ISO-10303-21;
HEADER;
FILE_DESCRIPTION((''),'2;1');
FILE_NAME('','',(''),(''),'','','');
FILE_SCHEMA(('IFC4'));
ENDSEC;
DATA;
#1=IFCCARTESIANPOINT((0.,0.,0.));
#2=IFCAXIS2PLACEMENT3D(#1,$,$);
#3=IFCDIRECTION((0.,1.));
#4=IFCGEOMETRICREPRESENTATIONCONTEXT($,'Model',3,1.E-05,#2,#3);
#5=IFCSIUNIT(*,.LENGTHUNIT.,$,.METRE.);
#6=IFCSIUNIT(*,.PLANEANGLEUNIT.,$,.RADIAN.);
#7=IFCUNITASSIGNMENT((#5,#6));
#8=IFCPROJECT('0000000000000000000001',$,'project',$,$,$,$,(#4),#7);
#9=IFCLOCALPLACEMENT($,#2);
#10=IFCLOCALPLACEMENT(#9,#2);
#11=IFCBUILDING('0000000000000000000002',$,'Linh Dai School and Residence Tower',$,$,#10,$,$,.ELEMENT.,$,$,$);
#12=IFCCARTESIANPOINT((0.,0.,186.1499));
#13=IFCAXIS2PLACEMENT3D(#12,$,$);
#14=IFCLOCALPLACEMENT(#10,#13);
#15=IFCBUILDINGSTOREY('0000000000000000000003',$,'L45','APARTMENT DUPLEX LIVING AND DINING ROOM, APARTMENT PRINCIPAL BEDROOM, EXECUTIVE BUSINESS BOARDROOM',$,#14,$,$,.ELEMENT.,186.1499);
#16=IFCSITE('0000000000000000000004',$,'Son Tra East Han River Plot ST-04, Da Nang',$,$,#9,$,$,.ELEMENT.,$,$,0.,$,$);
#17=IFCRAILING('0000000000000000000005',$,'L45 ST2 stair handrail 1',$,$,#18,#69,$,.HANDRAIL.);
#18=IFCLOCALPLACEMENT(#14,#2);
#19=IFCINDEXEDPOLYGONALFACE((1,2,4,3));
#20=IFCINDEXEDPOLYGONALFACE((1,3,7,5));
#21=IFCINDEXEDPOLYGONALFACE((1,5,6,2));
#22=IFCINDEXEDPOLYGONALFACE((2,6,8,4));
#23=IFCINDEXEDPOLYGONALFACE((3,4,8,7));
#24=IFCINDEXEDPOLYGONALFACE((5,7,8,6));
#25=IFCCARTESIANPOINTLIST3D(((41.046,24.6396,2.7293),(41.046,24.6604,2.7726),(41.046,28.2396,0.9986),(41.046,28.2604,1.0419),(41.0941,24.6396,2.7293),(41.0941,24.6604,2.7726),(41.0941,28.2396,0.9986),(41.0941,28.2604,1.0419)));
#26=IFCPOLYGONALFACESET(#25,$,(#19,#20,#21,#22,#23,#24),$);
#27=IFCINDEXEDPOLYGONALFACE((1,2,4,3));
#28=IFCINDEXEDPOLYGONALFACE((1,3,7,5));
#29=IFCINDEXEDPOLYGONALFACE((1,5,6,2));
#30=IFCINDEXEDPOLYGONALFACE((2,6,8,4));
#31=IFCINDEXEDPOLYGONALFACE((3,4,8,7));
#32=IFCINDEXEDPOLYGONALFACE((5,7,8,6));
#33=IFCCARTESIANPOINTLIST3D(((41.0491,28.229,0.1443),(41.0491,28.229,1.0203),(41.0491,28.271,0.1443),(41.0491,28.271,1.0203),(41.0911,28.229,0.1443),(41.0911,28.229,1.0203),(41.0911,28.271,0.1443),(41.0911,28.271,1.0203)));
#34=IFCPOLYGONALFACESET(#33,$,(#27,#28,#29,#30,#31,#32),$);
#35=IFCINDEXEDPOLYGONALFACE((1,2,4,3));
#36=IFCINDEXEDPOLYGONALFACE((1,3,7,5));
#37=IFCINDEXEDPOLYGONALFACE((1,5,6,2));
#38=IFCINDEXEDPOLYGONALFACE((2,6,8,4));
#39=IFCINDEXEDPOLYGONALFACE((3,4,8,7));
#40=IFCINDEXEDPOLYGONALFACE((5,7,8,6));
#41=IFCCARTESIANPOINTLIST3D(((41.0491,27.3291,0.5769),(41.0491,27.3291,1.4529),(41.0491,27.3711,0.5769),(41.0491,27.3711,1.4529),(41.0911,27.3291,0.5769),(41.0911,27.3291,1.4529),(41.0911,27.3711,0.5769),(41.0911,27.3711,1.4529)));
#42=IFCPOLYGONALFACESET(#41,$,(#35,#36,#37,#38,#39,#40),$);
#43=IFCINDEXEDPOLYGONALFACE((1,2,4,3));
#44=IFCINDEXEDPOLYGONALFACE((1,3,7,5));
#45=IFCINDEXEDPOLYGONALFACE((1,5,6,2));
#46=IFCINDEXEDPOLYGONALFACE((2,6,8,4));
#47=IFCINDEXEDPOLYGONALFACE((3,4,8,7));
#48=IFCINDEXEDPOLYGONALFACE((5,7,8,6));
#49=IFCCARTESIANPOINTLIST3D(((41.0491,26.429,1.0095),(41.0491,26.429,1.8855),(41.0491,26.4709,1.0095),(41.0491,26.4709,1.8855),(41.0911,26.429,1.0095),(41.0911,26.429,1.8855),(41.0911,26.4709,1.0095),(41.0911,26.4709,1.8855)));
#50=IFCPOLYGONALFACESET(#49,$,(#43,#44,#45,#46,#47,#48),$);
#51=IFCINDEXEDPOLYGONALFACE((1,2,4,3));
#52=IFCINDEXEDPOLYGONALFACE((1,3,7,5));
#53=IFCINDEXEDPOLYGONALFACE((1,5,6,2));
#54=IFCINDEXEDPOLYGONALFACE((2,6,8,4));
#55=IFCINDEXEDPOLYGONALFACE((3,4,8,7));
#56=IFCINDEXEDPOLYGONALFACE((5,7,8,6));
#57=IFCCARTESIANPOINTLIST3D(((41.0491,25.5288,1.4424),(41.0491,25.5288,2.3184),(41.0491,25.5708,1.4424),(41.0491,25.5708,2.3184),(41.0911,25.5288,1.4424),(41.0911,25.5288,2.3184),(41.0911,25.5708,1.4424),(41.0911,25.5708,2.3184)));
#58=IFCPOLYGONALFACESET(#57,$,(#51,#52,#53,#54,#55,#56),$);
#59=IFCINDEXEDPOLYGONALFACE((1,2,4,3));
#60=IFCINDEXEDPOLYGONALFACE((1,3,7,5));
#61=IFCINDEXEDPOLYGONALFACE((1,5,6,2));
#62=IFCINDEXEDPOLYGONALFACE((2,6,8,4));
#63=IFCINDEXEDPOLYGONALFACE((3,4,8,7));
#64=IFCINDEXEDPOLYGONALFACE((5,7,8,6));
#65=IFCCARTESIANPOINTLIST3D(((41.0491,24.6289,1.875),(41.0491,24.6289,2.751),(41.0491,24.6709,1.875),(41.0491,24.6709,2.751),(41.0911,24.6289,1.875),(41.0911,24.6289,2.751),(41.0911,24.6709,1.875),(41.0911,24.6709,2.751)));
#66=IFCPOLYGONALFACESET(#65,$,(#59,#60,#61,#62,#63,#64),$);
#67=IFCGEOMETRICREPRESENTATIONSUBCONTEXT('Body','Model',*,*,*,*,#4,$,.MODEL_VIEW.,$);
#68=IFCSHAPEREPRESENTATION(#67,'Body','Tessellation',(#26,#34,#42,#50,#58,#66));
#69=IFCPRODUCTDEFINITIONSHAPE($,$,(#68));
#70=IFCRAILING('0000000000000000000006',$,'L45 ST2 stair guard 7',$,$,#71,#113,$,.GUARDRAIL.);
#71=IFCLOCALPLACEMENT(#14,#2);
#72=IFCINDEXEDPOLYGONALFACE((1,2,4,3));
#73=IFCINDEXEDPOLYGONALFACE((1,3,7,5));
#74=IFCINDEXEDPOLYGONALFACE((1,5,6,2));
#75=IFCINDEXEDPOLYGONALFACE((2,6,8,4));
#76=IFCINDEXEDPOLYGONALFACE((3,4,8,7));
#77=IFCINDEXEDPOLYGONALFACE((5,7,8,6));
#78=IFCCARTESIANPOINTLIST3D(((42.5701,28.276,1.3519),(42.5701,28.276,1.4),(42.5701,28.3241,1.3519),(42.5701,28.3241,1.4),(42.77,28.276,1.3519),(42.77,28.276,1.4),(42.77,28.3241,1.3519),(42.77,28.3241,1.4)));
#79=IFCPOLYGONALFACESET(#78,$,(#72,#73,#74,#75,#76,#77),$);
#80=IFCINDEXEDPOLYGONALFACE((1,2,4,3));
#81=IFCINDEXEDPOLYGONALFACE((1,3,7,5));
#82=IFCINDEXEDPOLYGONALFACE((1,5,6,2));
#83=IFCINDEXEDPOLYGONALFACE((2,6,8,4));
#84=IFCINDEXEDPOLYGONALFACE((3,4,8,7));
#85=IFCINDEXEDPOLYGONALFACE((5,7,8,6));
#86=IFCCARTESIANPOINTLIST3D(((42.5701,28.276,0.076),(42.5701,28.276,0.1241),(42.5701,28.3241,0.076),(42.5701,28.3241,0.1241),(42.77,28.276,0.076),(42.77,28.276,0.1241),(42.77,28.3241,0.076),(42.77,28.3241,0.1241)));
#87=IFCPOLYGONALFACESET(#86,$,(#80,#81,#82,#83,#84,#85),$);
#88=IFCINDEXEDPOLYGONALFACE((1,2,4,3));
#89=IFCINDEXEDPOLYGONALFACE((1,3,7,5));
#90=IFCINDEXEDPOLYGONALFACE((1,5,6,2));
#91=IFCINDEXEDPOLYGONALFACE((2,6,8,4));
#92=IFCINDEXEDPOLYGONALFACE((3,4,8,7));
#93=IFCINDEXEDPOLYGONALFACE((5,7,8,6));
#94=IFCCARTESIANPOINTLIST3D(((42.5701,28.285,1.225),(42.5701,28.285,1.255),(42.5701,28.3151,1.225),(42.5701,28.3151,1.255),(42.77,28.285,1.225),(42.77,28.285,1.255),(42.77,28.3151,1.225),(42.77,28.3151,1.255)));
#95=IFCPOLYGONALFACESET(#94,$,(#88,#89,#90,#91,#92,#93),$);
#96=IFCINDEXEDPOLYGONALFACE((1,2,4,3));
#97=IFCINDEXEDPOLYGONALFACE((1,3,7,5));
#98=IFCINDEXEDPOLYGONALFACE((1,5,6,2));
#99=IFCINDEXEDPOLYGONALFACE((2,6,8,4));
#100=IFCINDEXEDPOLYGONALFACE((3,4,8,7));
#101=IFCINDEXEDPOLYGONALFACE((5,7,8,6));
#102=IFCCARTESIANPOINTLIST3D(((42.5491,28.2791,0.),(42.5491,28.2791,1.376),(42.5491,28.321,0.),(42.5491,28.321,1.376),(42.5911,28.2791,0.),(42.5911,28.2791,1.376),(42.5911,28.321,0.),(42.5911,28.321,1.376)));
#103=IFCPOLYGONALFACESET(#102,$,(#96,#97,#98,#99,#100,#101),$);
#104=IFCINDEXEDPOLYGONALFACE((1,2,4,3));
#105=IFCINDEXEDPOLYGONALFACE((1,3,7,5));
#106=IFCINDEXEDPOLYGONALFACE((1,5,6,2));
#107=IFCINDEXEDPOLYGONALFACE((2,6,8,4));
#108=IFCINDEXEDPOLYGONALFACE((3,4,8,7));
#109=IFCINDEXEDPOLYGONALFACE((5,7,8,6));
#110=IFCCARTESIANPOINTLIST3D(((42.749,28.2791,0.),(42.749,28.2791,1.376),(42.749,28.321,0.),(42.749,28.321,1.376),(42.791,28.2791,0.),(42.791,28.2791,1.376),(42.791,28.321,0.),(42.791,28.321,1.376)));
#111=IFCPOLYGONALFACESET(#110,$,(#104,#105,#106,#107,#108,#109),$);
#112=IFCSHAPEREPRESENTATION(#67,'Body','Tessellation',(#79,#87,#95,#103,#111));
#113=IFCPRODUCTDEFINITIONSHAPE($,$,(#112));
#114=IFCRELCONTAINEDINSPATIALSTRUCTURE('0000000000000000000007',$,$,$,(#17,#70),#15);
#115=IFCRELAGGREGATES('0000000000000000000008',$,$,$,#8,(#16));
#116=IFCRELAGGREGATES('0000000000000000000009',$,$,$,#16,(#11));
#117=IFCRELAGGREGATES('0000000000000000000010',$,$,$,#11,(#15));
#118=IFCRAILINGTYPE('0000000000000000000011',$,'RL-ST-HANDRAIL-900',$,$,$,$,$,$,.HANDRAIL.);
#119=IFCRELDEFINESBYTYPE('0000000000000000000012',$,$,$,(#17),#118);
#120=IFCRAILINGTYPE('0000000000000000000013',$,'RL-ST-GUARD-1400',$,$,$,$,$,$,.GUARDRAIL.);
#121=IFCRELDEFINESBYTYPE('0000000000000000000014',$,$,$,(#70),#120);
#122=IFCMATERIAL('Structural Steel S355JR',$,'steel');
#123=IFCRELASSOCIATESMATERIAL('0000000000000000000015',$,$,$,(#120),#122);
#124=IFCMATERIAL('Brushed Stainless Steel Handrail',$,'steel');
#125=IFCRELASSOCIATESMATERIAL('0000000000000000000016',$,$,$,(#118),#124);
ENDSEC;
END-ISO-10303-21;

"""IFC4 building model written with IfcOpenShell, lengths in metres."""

from ifc_helpers import new_model, si_unit, direction, frame, origin, origin_2d, place, context, subcontext, project, spatial, rectangle, extrude, source, transform, mapped, material, type_object, element, save


model = new_model("IFC4")

# Units and contexts
model_context = context("Model", 3, precision=1e-05, world=origin(), true_north=direction((0.0, 1.0)))
body_context = subcontext(model_context, "Body", "Model", "MODEL_VIEW")
ifc_project = project(units=[si_unit("LENGTHUNIT", "METRE"), si_unit("PLANEANGLEUNIT", "RADIAN")], contexts=[model_context])

# Site, building, storey
site_placement = place(None, origin())
site = spatial("IfcSite", under=ifc_project, at=site_placement, Name="Son Tra East Han River Plot ST-04, Da Nang", CompositionType="ELEMENT", RefElevation=0.0)
building_placement = place(site_placement, origin())
building = spatial("IfcBuilding", under=site, at=building_placement, Name="Linh Dai School and Residence Tower", CompositionType="ELEMENT")
storey_placement = place(building_placement, frame((0.0, 0.0, 186.1499)))
storey = spatial("IfcBuildingStorey", under=building, at=storey_placement, Name="L45", Description="APARTMENT DUPLEX LIVING AND DINING ROOM, APARTMENT PRINCIPAL BEDROOM, EXECUTIVE BUSINESS BOARDROOM", CompositionType="ELEMENT", Elevation=186.1499)

# Shared definitions
ifc_material_1 = material(Name="Structural Steel S355JR", Category="steel")

# Railings
railing_type_1 = type_object("IfcRailingType", Name="RL-ST-GUARD-1400", PredefinedType="GUARDRAIL", material=ifc_material_1)
ifc_material_2 = material(Name="Brushed Stainless Steel Handrail", Category="steel")
railing_type_2 = type_object("IfcRailingType", Name="RL-ST-HANDRAIL-900", PredefinedType="HANDRAIL", material=ifc_material_2)
shared_shape_1 = source(origin(), body_context, "Body", "SweptSolid", [
    extrude(rectangle(XDim=0.0481, YDim=0.0481, at=origin_2d()), frame((0.0, 0.0, 0.876), z_axis=(0.0, -0.901263, 0.433273), x_axis=(1.0, 0.0, 0.0)), (0.0, 0.0, 1.0), 3.9944),
    extrude(rectangle(XDim=0.042, YDim=0.042, at=origin_2d()), origin(), (0.0, 0.0, 1.0), 0.876),
    extrude(rectangle(XDim=0.042, YDim=0.042, at=origin_2d()), frame((0.0, -0.8999, 0.4326)), (0.0, 0.0, 1.0), 0.876),
    extrude(rectangle(XDim=0.042, YDim=0.042, at=origin_2d()), frame((0.0, -1.8, 0.8652)), (0.0, 0.0, 1.0), 0.876),
    extrude(rectangle(XDim=0.042, YDim=0.042, at=origin_2d()), frame((0.0, -2.7002, 1.2981)), (0.0, 0.0, 1.0), 0.876),
    extrude(rectangle(XDim=0.042, YDim=0.042, at=origin_2d()), frame((0.0, -3.6001, 1.7307)), (0.0, 0.0, 1.0), 0.876),
])
railing_1_placement = place(storey_placement, frame((41.0701, 28.25, 0.1443)))
element("IfcRailing", 1, at=railing_1_placement, inside=storey, type_object=railing_type_2, Name="L45 ST2 stair handrail 1", PredefinedType="HANDRAIL", context=body_context, shape_type="MappedRepresentation", body=[
    mapped(shared_shape_1, transform((0.0, 0.0, 0.0), x_axis=(1.0, 0.0, 0.0), y_axis=(0.0, 1.0, 0.0), z_axis=(0.0, 0.0, 1.0), scale=1.0)),
])
shared_shape_2 = source(origin(), body_context, "Body", "SweptSolid", [
    extrude(rectangle(XDim=0.0481, YDim=0.0481, at=origin_2d()), frame((0.0, 0.0, 1.376), z_axis=(1.0, 0.0, 0.0), x_axis=(0.0, 1.0, 0.0)), (0.0, 0.0, 1.0), 0.2),
    extrude(rectangle(XDim=0.0481, YDim=0.0481, at=origin_2d()), frame((0.0, 0.0, 0.1001), z_axis=(1.0, 0.0, 0.0), x_axis=(0.0, 1.0, 0.0)), (0.0, 0.0, 1.0), 0.2),
    extrude(rectangle(XDim=0.03, YDim=0.03, at=origin_2d()), frame((0.0, 0.0, 1.24), z_axis=(1.0, 0.0, 0.0), x_axis=(0.0, 1.0, 0.0)), (0.0, 0.0, 1.0), 0.2),
    extrude(rectangle(XDim=0.042, YDim=0.042, at=origin_2d()), origin(), (0.0, 0.0, 1.0), 1.376),
    extrude(rectangle(XDim=0.042, YDim=0.042, at=origin_2d()), frame((0.2, 0.0, 0.0)), (0.0, 0.0, 1.0), 1.376),
])
railing_2_placement = place(storey_placement, frame((42.5701, 28.3, 0.0)))
element("IfcRailing", 2, at=railing_2_placement, inside=storey, type_object=railing_type_1, Name="L45 ST2 stair guard 7", PredefinedType="GUARDRAIL", context=body_context, shape_type="MappedRepresentation", body=[
    mapped(shared_shape_2, transform((0.0, 0.0, 0.0), x_axis=(1.0, 0.0, 0.0), y_axis=(0.0, 1.0, 0.0), z_axis=(0.0, 0.0, 1.0), scale=1.0)),
])

save(model, "model.ifc")
